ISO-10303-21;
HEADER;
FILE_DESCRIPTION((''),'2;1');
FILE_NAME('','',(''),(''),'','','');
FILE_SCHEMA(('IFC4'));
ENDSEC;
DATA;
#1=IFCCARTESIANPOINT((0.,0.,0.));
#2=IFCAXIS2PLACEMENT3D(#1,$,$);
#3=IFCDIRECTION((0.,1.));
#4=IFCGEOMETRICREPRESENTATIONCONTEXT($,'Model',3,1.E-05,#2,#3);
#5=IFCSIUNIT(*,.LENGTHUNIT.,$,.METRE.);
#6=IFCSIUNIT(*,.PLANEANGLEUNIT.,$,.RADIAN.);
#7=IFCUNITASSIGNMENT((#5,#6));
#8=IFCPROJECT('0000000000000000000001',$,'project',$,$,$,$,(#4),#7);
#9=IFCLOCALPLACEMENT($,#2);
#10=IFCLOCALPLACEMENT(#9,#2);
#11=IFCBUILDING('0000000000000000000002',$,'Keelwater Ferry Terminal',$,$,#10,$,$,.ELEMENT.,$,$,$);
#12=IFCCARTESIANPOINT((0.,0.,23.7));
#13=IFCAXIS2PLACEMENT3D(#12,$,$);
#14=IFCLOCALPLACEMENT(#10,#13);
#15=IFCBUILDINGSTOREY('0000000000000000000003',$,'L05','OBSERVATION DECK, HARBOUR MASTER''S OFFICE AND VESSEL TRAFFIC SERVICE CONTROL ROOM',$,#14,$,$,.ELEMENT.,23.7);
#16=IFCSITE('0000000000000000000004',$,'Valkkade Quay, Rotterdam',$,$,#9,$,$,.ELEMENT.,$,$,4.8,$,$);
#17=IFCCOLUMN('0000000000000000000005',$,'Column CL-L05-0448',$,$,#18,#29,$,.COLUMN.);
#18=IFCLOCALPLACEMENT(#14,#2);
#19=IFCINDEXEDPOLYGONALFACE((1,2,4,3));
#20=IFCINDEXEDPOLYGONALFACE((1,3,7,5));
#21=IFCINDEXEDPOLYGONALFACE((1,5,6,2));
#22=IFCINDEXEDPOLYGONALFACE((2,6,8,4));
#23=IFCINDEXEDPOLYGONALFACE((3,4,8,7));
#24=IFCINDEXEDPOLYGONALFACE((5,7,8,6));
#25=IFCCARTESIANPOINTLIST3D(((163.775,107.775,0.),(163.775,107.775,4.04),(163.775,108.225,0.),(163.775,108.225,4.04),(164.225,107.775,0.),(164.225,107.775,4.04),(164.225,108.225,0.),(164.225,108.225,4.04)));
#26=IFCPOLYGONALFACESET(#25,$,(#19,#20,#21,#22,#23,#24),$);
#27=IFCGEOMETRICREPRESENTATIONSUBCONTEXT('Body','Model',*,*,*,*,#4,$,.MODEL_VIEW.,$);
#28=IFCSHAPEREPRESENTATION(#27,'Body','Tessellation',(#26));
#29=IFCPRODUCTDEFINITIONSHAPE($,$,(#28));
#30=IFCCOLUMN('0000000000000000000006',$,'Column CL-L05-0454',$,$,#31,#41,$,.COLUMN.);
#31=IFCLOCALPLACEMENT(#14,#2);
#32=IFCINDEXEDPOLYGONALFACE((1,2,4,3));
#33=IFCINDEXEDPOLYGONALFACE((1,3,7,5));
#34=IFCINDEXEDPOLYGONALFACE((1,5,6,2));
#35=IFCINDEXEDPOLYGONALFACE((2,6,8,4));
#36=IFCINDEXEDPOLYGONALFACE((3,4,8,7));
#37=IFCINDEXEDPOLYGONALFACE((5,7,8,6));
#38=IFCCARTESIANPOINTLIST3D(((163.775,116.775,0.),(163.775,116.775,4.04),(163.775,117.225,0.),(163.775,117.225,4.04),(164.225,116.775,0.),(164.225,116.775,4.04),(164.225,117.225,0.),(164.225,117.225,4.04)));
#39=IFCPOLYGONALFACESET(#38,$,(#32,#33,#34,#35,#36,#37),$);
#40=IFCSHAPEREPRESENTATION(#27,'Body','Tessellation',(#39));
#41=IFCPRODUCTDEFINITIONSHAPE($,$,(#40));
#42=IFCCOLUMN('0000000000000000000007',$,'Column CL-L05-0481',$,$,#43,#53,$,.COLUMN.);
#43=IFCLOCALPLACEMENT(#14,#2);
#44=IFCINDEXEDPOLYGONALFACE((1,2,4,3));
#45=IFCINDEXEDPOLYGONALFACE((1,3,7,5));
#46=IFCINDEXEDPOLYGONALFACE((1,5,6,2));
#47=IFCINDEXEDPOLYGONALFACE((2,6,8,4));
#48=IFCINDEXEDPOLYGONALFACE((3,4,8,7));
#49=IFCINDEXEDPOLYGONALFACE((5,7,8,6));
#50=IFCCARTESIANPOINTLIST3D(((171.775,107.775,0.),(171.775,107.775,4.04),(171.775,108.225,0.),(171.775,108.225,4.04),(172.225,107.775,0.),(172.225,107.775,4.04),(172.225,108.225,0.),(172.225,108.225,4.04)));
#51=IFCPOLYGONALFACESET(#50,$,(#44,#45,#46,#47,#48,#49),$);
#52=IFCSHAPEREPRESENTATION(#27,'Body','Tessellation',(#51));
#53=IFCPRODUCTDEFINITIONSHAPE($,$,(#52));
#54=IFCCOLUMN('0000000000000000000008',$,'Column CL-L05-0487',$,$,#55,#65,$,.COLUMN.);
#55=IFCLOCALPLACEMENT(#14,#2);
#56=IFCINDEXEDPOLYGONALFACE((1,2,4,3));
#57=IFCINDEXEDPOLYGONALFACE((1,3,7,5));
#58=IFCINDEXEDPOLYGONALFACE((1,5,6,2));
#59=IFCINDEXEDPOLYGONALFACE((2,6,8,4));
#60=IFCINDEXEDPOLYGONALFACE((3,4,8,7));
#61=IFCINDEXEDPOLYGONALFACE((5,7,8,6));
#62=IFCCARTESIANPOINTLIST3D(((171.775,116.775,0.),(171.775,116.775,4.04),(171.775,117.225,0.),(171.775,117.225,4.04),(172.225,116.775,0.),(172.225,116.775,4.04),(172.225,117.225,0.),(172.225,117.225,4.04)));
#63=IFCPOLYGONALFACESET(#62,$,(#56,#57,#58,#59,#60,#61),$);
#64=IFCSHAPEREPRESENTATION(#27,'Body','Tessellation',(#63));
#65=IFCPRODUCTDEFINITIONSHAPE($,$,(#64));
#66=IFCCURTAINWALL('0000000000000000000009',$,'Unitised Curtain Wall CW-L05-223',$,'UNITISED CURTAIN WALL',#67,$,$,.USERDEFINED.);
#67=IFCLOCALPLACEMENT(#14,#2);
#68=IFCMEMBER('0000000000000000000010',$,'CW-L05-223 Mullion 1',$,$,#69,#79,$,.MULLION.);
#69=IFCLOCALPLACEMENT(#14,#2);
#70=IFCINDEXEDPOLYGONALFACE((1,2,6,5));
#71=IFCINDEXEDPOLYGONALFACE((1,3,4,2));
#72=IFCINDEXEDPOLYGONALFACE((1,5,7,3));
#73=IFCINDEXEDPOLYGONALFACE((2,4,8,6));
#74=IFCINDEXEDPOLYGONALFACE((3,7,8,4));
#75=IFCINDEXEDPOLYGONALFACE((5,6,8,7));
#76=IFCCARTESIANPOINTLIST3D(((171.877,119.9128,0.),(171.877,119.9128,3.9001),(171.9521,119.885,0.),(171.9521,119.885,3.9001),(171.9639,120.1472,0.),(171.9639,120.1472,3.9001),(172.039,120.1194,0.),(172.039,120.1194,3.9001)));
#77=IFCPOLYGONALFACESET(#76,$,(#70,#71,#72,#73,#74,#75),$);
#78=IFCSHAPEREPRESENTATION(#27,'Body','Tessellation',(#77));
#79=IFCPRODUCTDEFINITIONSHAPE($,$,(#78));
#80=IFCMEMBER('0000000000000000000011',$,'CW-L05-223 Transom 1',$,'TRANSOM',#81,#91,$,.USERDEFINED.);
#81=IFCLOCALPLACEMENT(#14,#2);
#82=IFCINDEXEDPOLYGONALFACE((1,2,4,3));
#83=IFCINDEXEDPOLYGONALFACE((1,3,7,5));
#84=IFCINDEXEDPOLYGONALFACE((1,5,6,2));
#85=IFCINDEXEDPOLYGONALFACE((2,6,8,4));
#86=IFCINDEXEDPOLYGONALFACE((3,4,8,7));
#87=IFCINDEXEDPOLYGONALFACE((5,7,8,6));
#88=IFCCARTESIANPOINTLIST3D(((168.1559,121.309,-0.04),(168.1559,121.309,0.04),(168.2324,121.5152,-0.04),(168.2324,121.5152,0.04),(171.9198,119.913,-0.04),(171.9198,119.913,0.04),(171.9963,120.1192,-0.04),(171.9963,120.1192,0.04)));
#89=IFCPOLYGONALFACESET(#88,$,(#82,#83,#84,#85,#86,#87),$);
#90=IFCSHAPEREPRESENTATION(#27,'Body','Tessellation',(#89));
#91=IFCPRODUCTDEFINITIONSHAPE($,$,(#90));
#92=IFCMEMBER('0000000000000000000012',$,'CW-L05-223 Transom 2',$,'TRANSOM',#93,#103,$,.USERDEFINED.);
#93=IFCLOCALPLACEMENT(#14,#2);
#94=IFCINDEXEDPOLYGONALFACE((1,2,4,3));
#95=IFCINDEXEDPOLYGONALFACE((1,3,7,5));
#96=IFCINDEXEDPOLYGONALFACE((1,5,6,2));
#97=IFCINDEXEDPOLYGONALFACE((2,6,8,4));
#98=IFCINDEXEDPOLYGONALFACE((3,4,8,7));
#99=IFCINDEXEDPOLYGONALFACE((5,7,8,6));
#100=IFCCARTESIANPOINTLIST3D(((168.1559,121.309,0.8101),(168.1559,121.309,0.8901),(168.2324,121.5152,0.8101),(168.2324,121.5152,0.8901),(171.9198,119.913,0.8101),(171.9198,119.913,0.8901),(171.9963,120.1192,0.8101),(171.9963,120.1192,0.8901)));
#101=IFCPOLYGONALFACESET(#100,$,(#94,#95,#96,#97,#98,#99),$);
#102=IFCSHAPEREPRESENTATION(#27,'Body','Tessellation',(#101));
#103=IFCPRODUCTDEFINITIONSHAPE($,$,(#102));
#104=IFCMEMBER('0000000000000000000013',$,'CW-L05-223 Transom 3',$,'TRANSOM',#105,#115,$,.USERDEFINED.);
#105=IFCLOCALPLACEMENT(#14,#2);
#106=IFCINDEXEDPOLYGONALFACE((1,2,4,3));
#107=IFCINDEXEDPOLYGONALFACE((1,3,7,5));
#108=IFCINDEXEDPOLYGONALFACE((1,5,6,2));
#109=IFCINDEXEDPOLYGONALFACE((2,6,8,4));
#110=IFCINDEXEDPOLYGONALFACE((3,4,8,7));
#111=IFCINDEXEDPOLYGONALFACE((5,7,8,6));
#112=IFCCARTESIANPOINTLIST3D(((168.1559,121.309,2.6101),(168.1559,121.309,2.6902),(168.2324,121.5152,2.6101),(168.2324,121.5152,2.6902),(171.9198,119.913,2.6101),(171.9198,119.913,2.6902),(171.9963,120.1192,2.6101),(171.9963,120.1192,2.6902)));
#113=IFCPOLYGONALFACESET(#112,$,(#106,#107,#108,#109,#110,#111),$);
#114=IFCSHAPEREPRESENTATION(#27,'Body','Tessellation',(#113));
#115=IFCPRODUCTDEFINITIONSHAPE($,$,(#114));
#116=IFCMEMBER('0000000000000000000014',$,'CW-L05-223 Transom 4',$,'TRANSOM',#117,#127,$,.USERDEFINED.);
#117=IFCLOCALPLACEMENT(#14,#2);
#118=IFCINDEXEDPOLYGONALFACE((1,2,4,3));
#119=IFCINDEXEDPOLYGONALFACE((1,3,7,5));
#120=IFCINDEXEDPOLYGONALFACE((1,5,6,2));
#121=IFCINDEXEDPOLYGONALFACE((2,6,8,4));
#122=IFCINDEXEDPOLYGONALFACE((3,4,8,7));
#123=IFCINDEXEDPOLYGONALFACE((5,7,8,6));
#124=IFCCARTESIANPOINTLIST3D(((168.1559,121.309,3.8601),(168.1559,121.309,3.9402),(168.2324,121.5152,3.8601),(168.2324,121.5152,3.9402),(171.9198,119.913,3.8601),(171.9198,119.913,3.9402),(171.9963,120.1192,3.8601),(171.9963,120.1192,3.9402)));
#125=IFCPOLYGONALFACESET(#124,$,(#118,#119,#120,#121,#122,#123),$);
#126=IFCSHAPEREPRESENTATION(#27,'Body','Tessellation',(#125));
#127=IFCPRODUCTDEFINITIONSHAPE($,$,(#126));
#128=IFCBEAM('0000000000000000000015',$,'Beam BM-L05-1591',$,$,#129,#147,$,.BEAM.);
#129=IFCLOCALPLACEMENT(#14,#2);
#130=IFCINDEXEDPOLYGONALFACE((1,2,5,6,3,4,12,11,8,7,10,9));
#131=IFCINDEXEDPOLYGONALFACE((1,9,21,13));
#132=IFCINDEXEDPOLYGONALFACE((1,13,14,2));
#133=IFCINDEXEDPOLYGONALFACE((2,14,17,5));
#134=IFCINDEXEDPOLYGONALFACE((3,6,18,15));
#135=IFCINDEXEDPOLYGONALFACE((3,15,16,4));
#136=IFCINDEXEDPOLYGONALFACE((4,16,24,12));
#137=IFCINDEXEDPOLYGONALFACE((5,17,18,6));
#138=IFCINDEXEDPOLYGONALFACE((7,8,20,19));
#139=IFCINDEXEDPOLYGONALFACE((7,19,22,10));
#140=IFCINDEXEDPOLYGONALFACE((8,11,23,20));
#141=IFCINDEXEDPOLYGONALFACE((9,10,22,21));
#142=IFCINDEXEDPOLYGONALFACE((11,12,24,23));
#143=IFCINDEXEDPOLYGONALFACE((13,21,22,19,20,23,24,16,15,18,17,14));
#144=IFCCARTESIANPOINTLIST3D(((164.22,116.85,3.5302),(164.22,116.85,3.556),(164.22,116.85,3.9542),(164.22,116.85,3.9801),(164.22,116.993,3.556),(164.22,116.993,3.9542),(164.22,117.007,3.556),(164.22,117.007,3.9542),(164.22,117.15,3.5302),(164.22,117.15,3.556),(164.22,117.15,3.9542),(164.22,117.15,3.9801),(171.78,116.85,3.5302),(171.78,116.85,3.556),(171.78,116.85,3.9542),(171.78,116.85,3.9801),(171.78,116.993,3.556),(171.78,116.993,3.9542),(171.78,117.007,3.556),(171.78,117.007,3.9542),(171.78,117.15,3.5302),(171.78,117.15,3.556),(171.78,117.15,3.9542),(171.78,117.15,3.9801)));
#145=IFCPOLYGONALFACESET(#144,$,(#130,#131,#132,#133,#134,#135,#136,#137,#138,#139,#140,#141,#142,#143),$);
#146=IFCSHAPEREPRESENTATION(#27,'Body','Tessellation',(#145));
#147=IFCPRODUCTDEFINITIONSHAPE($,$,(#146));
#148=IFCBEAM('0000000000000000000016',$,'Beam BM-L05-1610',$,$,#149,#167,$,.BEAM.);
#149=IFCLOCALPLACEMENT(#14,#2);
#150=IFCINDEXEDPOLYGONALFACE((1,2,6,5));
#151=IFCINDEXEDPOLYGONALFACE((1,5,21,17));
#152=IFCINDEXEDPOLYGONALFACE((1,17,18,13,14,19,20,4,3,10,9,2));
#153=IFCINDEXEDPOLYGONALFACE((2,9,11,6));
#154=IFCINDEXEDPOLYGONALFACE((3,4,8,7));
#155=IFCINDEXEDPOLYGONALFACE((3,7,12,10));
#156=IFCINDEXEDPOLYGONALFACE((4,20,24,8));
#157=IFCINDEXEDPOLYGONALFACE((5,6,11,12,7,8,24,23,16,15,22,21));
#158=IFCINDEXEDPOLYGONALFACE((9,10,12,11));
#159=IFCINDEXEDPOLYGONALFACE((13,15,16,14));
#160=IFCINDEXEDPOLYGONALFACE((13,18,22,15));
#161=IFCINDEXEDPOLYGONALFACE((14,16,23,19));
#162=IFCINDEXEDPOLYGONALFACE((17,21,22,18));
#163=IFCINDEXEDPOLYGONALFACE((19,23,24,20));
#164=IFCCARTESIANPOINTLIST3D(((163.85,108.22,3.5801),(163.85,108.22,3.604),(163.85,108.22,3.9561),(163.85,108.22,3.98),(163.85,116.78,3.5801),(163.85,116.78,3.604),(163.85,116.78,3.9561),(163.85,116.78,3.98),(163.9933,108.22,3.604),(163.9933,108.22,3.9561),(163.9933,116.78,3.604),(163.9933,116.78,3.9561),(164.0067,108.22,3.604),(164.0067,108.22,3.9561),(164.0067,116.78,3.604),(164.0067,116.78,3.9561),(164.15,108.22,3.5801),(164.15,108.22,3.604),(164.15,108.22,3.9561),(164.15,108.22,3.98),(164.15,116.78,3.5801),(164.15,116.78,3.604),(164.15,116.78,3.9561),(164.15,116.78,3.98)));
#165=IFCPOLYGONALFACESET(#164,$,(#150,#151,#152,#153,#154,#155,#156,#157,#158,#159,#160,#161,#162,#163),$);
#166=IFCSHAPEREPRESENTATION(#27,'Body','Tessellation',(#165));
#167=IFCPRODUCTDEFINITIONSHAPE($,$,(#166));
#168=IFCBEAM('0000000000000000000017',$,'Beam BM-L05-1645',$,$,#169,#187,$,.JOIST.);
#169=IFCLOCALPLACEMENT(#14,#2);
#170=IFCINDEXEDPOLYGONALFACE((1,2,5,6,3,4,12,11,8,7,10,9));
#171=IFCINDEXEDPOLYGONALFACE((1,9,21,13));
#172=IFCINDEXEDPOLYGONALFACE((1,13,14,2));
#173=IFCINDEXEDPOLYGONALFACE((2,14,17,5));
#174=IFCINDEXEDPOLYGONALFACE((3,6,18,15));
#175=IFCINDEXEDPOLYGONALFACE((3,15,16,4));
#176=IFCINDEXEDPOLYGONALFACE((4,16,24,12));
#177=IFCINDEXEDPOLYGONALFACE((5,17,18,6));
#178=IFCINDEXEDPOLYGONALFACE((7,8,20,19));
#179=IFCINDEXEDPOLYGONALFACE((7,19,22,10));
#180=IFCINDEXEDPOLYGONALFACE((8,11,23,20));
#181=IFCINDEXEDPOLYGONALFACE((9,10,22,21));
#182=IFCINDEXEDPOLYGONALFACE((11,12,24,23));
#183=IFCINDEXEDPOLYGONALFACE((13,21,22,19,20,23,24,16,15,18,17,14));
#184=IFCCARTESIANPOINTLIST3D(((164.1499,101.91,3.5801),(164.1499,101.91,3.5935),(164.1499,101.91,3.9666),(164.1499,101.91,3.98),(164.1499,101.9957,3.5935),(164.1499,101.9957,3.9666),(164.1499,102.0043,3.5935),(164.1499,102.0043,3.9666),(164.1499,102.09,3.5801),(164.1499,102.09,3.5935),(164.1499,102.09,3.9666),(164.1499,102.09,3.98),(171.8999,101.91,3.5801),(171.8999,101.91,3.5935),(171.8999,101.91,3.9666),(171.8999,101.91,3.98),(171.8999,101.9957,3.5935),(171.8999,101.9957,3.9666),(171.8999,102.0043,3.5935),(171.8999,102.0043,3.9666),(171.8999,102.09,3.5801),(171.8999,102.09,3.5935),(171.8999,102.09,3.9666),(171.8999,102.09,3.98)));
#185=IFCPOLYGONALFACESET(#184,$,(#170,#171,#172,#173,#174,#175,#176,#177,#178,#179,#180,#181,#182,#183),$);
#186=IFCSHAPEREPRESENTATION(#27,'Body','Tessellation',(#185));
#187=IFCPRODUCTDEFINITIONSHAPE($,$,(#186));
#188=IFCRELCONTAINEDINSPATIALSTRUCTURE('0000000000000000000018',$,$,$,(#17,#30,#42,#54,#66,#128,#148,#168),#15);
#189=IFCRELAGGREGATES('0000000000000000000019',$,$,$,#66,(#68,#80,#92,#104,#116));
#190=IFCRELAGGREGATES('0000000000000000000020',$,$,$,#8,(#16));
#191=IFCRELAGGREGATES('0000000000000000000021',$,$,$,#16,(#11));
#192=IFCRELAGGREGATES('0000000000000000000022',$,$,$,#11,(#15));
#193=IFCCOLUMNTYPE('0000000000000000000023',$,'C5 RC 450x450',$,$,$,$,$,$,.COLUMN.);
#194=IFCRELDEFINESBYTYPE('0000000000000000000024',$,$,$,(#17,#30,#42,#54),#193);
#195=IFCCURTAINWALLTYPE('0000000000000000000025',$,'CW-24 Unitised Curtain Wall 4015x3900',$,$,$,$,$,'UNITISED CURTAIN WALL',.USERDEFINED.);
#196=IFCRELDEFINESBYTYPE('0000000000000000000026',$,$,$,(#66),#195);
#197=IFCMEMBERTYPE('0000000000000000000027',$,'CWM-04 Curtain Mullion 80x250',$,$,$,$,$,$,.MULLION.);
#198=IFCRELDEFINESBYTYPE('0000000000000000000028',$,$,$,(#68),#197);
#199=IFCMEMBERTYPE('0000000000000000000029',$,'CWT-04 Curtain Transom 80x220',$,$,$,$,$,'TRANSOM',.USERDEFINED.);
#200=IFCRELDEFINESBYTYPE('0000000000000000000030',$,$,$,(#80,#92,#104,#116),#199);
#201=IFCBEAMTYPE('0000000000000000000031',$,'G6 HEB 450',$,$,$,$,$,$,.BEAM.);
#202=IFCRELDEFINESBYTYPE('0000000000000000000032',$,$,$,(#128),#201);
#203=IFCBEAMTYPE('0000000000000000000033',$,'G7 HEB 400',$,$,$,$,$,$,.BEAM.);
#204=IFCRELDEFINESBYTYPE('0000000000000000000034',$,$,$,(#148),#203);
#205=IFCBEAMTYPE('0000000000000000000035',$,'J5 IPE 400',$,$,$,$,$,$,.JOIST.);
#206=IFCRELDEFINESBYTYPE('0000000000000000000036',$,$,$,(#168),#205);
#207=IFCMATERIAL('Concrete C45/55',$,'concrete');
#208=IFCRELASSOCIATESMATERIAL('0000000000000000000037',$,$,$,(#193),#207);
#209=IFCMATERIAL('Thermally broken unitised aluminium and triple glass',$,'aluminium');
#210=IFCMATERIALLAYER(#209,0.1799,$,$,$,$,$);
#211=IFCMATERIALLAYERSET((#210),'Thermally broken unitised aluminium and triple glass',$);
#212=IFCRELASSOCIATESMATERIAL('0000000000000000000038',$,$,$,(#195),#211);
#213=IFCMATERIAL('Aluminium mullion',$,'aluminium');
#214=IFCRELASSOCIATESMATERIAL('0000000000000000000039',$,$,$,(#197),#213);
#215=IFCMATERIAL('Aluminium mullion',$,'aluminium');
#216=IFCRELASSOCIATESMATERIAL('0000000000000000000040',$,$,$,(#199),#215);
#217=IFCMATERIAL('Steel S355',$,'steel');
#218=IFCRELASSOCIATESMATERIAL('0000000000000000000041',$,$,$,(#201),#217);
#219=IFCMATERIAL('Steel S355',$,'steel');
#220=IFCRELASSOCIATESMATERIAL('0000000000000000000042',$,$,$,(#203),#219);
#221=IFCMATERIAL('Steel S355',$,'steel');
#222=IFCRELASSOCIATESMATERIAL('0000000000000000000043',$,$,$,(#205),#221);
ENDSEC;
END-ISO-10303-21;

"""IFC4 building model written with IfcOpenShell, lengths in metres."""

from ifc_helpers import new_model, si_unit, direction, frame, origin, origin_2d, place, context, subcontext, project, spatial, rectangle, i_section, extrude, material, layer, layer_set, material_profile, profile_set, type_object, element, aggregate, save


model = new_model("IFC4")

# Units and contexts
model_context = context("Model", 3, precision=1e-05, world=origin(), true_north=direction((0.0, 1.0)))
body_context = subcontext(model_context, "Body", "Model", "MODEL_VIEW")
ifc_project = project(units=[si_unit("LENGTHUNIT", "METRE"), si_unit("PLANEANGLEUNIT", "RADIAN")], contexts=[model_context])

# Site, building, storey
site_placement = place(None, origin())
site = spatial("IfcSite", under=ifc_project, at=site_placement, Name="Valkkade Quay, Rotterdam", CompositionType="ELEMENT", RefElevation=4.8)
building_placement = place(site_placement, origin())
building = spatial("IfcBuilding", under=site, at=building_placement, Name="Keelwater Ferry Terminal", CompositionType="ELEMENT")
storey_placement = place(building_placement, frame((0.0, 0.0, 23.7)))
storey = spatial("IfcBuildingStorey", under=building, at=storey_placement, Name="L05", Description="OBSERVATION DECK, HARBOUR MASTER'S OFFICE AND VESSEL TRAFFIC SERVICE CONTROL ROOM", CompositionType="ELEMENT", Elevation=23.7)

# Columns
ifc_material_1 = material(Name="Concrete C45/55", Category="concrete")
ifc_material_profile_1 = material_profile(ifc_material_1, rectangle(XDim=0.45, YDim=0.45, at=origin_2d()), Name="RC 450x450")
ifc_profile_set_1 = profile_set([ifc_material_profile_1], Name="Concrete C45/55")
column_type = type_object("IfcColumnType", Name="C5 RC 450x450", PredefinedType="COLUMN", material=ifc_profile_set_1)
for number, where, z_axis, x_axis, name in (
    (1, (164.0, 108.0, 0.0), (0.0, 0.0, 1.0), (1.0, 0.0, 0.0), "Column CL-L05-0448"),
    (2, (164.0, 117.0, 0.0), (0.0, 0.0, 1.0), (1.0, 0.0, 0.0), "Column CL-L05-0454"),
    (3, (172.0, 108.0, 0.0), (0.0, 0.0, 1.0), (1.0, 0.0, 0.0), "Column CL-L05-0481"),
    (4, (172.0, 117.0, 0.0), (0.0, 0.0, 1.0), (1.0, 0.0, 0.0), "Column CL-L05-0487"),
):
    element("IfcColumn", number, at=place(storey_placement, frame(where, z_axis=z_axis, x_axis=x_axis)), inside=storey, type_object=column_type, Name=name, PredefinedType="COLUMN", context=body_context, shape_type="SweptSolid", body=[
        extrude(rectangle(XDim=0.45, YDim=0.45, at=origin_2d()), origin(), (0.0, 0.0, 1.0), 4.04),
    ])

# Curtain wall, members
ifc_material_2 = material(Name="Thermally broken unitised aluminium and triple glass", Category="aluminium")
ifc_layer_1 = layer(ifc_material_2, 0.1799)
ifc_layer_set_1 = layer_set([ifc_layer_1], Name="Thermally broken unitised aluminium and triple glass")
curtain_wall_type = type_object("IfcCurtainWallType", Name="CW-24 Unitised Curtain Wall 4015x3900", ElementType="UNITISED CURTAIN WALL", PredefinedType="USERDEFINED", material=ifc_layer_set_1)
curtain_wall_placement = place(storey_placement, origin())
curtain_wall = element("IfcCurtainWall", 5, at=curtain_wall_placement, inside=storey, type_object=curtain_wall_type, Name="Unitised Curtain Wall CW-L05-223", ObjectType="UNITISED CURTAIN WALL", PredefinedType="USERDEFINED")
ifc_material_3 = material(Name="Aluminium mullion", Category="aluminium")
ifc_material_profile_2 = material_profile(ifc_material_3, rectangle(XDim=0.0801, YDim=0.25, at=origin_2d()), Name="CWM-04")
ifc_profile_set_2 = profile_set([ifc_material_profile_2], Name="Aluminium mullion")
member_type_1 = type_object("IfcMemberType", Name="CWM-04 Curtain Mullion 80x250", PredefinedType="MULLION", material=ifc_profile_set_2)
member_1_placement = place(storey_placement, frame((171.958, 120.0161, 0.0), z_axis=(0.0, 0.0, 1.0), x_axis=(-0.937592, 0.347736, 0.0)))
member_1 = element("IfcMember", 6, at=member_1_placement, type_object=member_type_1, Name="CW-L05-223 Mullion 1", PredefinedType="MULLION", context=body_context, shape_type="SweptSolid", body=[
    extrude(rectangle(XDim=0.0801, YDim=0.25, at=origin_2d()), origin(), (0.0, 0.0, 1.0), 3.9001),
])
ifc_material_4 = material(Name="Aluminium mullion", Category="aluminium")
ifc_material_profile_3 = material_profile(ifc_material_4, rectangle(XDim=0.22, YDim=0.0801, at=origin_2d()), Name="CWT-04")
ifc_profile_set_3 = profile_set([ifc_material_profile_3], Name="Aluminium mullion")
member_type_2 = type_object("IfcMemberType", Name="CWT-04 Curtain Transom 80x220", ElementType="TRANSOM", PredefinedType="USERDEFINED", material=ifc_profile_set_3)
member_2_placement = place(storey_placement, frame((171.958, 120.0161, 0.0), z_axis=(-0.93759, 0.347742, 0.0), x_axis=(-0.347742, -0.93759, 0.0)))
member_2 = element("IfcMember", 7, at=member_2_placement, type_object=member_type_2, Name="CW-L05-223 Transom 1", ObjectType="TRANSOM", PredefinedType="USERDEFINED", context=body_context, shape_type="SweptSolid", body=[
    extrude(rectangle(XDim=0.22, YDim=0.0801, at=origin_2d()), origin(), (0.0, 0.0, 1.0), 4.0144),
])
member_3_placement = place(storey_placement, frame((171.958, 120.0161, 0.8501), z_axis=(-0.93759, 0.347742, 0.0), x_axis=(-0.347742, -0.93759, 0.0)))
member_3 = element("IfcMember", 8, at=member_3_placement, type_object=member_type_2, Name="CW-L05-223 Transom 2", ObjectType="TRANSOM", PredefinedType="USERDEFINED", context=body_context, shape_type="SweptSolid", body=[
    extrude(rectangle(XDim=0.22, YDim=0.0801, at=origin_2d()), origin(), (0.0, 0.0, 1.0), 4.0144),
])
member_4_placement = place(storey_placement, frame((171.958, 120.0161, 2.6501), z_axis=(-0.93759, 0.347742, 0.0), x_axis=(-0.347742, -0.93759, 0.0)))
member_4 = element("IfcMember", 9, at=member_4_placement, type_object=member_type_2, Name="CW-L05-223 Transom 3", ObjectType="TRANSOM", PredefinedType="USERDEFINED", context=body_context, shape_type="SweptSolid", body=[
    extrude(rectangle(XDim=0.22, YDim=0.0801, at=origin_2d()), origin(), (0.0, 0.0, 1.0), 4.0144),
])
member_5_placement = place(storey_placement, frame((171.958, 120.0161, 3.9001), z_axis=(-0.93759, 0.347742, 0.0), x_axis=(-0.347742, -0.93759, 0.0)))
member_5 = element("IfcMember", 10, at=member_5_placement, type_object=member_type_2, Name="CW-L05-223 Transom 4", ObjectType="TRANSOM", PredefinedType="USERDEFINED", context=body_context, shape_type="SweptSolid", body=[
    extrude(rectangle(XDim=0.22, YDim=0.0801, at=origin_2d()), origin(), (0.0, 0.0, 1.0), 4.0144),
])

# Beams
ifc_material_5 = material(Name="Steel S355", Category="steel")
ifc_material_profile_4 = material_profile(ifc_material_5, i_section(OverallWidth=0.3, OverallDepth=0.45, WebThickness=0.0139, FlangeThickness=0.0259, at=origin_2d()), Name="HEB 450")
ifc_profile_set_4 = profile_set([ifc_material_profile_4], Name="Steel S355")
beam_type_1 = type_object("IfcBeamType", Name="G6 HEB 450", PredefinedType="BEAM", material=ifc_profile_set_4)
beam_1_placement = place(storey_placement, frame((164.22, 117.0, 3.7551), z_axis=(1.0, 0.0, 0.0), x_axis=(0.0, 1.0, 0.0)))
element("IfcBeam", 11, at=beam_1_placement, inside=storey, type_object=beam_type_1, Name="Beam BM-L05-1591", PredefinedType="BEAM", context=body_context, shape_type="SweptSolid", body=[
    extrude(i_section(OverallWidth=0.3, OverallDepth=0.45, WebThickness=0.0139, FlangeThickness=0.0259, at=origin_2d()), origin(), (0.0, 0.0, 1.0), 7.5601),
])
ifc_material_6 = material(Name="Steel S355", Category="steel")
ifc_material_profile_5 = material_profile(ifc_material_6, i_section(OverallWidth=0.3, OverallDepth=0.3999, WebThickness=0.0134, FlangeThickness=0.0239, at=origin_2d()), Name="HEB 400")
ifc_profile_set_5 = profile_set([ifc_material_profile_5], Name="Steel S355")
beam_type_2 = type_object("IfcBeamType", Name="G7 HEB 400", PredefinedType="BEAM", material=ifc_profile_set_5)
beam_2_placement = place(storey_placement, frame((164.0, 108.22, 3.78), z_axis=(0.0, 1.0, 0.0), x_axis=(-1.0, 0.0, 0.0)))
element("IfcBeam", 12, at=beam_2_placement, inside=storey, type_object=beam_type_2, Name="Beam BM-L05-1610", PredefinedType="BEAM", context=body_context, shape_type="SweptSolid", body=[
    extrude(i_section(OverallWidth=0.3, OverallDepth=0.3999, WebThickness=0.0134, FlangeThickness=0.0239, at=origin_2d()), origin(), (0.0, 0.0, 1.0), 8.5601),
])
ifc_material_7 = material(Name="Steel S355", Category="steel")
ifc_material_profile_6 = material_profile(ifc_material_7, i_section(OverallWidth=0.1799, OverallDepth=0.3999, WebThickness=0.0085, FlangeThickness=0.0134, at=origin_2d()), Name="IPE 400")
ifc_profile_set_6 = profile_set([ifc_material_profile_6], Name="Steel S355")
beam_type_3 = type_object("IfcBeamType", Name="J5 IPE 400", PredefinedType="JOIST", material=ifc_profile_set_6)
for number, where, z_axis, x_axis, name in (
    (13, (164.1499, 102.0, 3.78), (1.0, 0.0, 0.0), (0.0, 1.0, 0.0), "Beam BM-L05-1645"),
):
    element("IfcBeam", number, at=place(storey_placement, frame(where, z_axis=z_axis, x_axis=x_axis)), inside=storey, type_object=beam_type_3, Name=name, PredefinedType="JOIST", context=body_context, shape_type="SweptSolid", body=[
        extrude(i_section(OverallWidth=0.1799, OverallDepth=0.3999, WebThickness=0.0085, FlangeThickness=0.0134, at=origin_2d()), origin(), (0.0, 0.0, 1.0), 7.75),
    ])

aggregate(curtain_wall, [member_1, member_2, member_3, member_4, member_5])

save(model, "model.ifc")
